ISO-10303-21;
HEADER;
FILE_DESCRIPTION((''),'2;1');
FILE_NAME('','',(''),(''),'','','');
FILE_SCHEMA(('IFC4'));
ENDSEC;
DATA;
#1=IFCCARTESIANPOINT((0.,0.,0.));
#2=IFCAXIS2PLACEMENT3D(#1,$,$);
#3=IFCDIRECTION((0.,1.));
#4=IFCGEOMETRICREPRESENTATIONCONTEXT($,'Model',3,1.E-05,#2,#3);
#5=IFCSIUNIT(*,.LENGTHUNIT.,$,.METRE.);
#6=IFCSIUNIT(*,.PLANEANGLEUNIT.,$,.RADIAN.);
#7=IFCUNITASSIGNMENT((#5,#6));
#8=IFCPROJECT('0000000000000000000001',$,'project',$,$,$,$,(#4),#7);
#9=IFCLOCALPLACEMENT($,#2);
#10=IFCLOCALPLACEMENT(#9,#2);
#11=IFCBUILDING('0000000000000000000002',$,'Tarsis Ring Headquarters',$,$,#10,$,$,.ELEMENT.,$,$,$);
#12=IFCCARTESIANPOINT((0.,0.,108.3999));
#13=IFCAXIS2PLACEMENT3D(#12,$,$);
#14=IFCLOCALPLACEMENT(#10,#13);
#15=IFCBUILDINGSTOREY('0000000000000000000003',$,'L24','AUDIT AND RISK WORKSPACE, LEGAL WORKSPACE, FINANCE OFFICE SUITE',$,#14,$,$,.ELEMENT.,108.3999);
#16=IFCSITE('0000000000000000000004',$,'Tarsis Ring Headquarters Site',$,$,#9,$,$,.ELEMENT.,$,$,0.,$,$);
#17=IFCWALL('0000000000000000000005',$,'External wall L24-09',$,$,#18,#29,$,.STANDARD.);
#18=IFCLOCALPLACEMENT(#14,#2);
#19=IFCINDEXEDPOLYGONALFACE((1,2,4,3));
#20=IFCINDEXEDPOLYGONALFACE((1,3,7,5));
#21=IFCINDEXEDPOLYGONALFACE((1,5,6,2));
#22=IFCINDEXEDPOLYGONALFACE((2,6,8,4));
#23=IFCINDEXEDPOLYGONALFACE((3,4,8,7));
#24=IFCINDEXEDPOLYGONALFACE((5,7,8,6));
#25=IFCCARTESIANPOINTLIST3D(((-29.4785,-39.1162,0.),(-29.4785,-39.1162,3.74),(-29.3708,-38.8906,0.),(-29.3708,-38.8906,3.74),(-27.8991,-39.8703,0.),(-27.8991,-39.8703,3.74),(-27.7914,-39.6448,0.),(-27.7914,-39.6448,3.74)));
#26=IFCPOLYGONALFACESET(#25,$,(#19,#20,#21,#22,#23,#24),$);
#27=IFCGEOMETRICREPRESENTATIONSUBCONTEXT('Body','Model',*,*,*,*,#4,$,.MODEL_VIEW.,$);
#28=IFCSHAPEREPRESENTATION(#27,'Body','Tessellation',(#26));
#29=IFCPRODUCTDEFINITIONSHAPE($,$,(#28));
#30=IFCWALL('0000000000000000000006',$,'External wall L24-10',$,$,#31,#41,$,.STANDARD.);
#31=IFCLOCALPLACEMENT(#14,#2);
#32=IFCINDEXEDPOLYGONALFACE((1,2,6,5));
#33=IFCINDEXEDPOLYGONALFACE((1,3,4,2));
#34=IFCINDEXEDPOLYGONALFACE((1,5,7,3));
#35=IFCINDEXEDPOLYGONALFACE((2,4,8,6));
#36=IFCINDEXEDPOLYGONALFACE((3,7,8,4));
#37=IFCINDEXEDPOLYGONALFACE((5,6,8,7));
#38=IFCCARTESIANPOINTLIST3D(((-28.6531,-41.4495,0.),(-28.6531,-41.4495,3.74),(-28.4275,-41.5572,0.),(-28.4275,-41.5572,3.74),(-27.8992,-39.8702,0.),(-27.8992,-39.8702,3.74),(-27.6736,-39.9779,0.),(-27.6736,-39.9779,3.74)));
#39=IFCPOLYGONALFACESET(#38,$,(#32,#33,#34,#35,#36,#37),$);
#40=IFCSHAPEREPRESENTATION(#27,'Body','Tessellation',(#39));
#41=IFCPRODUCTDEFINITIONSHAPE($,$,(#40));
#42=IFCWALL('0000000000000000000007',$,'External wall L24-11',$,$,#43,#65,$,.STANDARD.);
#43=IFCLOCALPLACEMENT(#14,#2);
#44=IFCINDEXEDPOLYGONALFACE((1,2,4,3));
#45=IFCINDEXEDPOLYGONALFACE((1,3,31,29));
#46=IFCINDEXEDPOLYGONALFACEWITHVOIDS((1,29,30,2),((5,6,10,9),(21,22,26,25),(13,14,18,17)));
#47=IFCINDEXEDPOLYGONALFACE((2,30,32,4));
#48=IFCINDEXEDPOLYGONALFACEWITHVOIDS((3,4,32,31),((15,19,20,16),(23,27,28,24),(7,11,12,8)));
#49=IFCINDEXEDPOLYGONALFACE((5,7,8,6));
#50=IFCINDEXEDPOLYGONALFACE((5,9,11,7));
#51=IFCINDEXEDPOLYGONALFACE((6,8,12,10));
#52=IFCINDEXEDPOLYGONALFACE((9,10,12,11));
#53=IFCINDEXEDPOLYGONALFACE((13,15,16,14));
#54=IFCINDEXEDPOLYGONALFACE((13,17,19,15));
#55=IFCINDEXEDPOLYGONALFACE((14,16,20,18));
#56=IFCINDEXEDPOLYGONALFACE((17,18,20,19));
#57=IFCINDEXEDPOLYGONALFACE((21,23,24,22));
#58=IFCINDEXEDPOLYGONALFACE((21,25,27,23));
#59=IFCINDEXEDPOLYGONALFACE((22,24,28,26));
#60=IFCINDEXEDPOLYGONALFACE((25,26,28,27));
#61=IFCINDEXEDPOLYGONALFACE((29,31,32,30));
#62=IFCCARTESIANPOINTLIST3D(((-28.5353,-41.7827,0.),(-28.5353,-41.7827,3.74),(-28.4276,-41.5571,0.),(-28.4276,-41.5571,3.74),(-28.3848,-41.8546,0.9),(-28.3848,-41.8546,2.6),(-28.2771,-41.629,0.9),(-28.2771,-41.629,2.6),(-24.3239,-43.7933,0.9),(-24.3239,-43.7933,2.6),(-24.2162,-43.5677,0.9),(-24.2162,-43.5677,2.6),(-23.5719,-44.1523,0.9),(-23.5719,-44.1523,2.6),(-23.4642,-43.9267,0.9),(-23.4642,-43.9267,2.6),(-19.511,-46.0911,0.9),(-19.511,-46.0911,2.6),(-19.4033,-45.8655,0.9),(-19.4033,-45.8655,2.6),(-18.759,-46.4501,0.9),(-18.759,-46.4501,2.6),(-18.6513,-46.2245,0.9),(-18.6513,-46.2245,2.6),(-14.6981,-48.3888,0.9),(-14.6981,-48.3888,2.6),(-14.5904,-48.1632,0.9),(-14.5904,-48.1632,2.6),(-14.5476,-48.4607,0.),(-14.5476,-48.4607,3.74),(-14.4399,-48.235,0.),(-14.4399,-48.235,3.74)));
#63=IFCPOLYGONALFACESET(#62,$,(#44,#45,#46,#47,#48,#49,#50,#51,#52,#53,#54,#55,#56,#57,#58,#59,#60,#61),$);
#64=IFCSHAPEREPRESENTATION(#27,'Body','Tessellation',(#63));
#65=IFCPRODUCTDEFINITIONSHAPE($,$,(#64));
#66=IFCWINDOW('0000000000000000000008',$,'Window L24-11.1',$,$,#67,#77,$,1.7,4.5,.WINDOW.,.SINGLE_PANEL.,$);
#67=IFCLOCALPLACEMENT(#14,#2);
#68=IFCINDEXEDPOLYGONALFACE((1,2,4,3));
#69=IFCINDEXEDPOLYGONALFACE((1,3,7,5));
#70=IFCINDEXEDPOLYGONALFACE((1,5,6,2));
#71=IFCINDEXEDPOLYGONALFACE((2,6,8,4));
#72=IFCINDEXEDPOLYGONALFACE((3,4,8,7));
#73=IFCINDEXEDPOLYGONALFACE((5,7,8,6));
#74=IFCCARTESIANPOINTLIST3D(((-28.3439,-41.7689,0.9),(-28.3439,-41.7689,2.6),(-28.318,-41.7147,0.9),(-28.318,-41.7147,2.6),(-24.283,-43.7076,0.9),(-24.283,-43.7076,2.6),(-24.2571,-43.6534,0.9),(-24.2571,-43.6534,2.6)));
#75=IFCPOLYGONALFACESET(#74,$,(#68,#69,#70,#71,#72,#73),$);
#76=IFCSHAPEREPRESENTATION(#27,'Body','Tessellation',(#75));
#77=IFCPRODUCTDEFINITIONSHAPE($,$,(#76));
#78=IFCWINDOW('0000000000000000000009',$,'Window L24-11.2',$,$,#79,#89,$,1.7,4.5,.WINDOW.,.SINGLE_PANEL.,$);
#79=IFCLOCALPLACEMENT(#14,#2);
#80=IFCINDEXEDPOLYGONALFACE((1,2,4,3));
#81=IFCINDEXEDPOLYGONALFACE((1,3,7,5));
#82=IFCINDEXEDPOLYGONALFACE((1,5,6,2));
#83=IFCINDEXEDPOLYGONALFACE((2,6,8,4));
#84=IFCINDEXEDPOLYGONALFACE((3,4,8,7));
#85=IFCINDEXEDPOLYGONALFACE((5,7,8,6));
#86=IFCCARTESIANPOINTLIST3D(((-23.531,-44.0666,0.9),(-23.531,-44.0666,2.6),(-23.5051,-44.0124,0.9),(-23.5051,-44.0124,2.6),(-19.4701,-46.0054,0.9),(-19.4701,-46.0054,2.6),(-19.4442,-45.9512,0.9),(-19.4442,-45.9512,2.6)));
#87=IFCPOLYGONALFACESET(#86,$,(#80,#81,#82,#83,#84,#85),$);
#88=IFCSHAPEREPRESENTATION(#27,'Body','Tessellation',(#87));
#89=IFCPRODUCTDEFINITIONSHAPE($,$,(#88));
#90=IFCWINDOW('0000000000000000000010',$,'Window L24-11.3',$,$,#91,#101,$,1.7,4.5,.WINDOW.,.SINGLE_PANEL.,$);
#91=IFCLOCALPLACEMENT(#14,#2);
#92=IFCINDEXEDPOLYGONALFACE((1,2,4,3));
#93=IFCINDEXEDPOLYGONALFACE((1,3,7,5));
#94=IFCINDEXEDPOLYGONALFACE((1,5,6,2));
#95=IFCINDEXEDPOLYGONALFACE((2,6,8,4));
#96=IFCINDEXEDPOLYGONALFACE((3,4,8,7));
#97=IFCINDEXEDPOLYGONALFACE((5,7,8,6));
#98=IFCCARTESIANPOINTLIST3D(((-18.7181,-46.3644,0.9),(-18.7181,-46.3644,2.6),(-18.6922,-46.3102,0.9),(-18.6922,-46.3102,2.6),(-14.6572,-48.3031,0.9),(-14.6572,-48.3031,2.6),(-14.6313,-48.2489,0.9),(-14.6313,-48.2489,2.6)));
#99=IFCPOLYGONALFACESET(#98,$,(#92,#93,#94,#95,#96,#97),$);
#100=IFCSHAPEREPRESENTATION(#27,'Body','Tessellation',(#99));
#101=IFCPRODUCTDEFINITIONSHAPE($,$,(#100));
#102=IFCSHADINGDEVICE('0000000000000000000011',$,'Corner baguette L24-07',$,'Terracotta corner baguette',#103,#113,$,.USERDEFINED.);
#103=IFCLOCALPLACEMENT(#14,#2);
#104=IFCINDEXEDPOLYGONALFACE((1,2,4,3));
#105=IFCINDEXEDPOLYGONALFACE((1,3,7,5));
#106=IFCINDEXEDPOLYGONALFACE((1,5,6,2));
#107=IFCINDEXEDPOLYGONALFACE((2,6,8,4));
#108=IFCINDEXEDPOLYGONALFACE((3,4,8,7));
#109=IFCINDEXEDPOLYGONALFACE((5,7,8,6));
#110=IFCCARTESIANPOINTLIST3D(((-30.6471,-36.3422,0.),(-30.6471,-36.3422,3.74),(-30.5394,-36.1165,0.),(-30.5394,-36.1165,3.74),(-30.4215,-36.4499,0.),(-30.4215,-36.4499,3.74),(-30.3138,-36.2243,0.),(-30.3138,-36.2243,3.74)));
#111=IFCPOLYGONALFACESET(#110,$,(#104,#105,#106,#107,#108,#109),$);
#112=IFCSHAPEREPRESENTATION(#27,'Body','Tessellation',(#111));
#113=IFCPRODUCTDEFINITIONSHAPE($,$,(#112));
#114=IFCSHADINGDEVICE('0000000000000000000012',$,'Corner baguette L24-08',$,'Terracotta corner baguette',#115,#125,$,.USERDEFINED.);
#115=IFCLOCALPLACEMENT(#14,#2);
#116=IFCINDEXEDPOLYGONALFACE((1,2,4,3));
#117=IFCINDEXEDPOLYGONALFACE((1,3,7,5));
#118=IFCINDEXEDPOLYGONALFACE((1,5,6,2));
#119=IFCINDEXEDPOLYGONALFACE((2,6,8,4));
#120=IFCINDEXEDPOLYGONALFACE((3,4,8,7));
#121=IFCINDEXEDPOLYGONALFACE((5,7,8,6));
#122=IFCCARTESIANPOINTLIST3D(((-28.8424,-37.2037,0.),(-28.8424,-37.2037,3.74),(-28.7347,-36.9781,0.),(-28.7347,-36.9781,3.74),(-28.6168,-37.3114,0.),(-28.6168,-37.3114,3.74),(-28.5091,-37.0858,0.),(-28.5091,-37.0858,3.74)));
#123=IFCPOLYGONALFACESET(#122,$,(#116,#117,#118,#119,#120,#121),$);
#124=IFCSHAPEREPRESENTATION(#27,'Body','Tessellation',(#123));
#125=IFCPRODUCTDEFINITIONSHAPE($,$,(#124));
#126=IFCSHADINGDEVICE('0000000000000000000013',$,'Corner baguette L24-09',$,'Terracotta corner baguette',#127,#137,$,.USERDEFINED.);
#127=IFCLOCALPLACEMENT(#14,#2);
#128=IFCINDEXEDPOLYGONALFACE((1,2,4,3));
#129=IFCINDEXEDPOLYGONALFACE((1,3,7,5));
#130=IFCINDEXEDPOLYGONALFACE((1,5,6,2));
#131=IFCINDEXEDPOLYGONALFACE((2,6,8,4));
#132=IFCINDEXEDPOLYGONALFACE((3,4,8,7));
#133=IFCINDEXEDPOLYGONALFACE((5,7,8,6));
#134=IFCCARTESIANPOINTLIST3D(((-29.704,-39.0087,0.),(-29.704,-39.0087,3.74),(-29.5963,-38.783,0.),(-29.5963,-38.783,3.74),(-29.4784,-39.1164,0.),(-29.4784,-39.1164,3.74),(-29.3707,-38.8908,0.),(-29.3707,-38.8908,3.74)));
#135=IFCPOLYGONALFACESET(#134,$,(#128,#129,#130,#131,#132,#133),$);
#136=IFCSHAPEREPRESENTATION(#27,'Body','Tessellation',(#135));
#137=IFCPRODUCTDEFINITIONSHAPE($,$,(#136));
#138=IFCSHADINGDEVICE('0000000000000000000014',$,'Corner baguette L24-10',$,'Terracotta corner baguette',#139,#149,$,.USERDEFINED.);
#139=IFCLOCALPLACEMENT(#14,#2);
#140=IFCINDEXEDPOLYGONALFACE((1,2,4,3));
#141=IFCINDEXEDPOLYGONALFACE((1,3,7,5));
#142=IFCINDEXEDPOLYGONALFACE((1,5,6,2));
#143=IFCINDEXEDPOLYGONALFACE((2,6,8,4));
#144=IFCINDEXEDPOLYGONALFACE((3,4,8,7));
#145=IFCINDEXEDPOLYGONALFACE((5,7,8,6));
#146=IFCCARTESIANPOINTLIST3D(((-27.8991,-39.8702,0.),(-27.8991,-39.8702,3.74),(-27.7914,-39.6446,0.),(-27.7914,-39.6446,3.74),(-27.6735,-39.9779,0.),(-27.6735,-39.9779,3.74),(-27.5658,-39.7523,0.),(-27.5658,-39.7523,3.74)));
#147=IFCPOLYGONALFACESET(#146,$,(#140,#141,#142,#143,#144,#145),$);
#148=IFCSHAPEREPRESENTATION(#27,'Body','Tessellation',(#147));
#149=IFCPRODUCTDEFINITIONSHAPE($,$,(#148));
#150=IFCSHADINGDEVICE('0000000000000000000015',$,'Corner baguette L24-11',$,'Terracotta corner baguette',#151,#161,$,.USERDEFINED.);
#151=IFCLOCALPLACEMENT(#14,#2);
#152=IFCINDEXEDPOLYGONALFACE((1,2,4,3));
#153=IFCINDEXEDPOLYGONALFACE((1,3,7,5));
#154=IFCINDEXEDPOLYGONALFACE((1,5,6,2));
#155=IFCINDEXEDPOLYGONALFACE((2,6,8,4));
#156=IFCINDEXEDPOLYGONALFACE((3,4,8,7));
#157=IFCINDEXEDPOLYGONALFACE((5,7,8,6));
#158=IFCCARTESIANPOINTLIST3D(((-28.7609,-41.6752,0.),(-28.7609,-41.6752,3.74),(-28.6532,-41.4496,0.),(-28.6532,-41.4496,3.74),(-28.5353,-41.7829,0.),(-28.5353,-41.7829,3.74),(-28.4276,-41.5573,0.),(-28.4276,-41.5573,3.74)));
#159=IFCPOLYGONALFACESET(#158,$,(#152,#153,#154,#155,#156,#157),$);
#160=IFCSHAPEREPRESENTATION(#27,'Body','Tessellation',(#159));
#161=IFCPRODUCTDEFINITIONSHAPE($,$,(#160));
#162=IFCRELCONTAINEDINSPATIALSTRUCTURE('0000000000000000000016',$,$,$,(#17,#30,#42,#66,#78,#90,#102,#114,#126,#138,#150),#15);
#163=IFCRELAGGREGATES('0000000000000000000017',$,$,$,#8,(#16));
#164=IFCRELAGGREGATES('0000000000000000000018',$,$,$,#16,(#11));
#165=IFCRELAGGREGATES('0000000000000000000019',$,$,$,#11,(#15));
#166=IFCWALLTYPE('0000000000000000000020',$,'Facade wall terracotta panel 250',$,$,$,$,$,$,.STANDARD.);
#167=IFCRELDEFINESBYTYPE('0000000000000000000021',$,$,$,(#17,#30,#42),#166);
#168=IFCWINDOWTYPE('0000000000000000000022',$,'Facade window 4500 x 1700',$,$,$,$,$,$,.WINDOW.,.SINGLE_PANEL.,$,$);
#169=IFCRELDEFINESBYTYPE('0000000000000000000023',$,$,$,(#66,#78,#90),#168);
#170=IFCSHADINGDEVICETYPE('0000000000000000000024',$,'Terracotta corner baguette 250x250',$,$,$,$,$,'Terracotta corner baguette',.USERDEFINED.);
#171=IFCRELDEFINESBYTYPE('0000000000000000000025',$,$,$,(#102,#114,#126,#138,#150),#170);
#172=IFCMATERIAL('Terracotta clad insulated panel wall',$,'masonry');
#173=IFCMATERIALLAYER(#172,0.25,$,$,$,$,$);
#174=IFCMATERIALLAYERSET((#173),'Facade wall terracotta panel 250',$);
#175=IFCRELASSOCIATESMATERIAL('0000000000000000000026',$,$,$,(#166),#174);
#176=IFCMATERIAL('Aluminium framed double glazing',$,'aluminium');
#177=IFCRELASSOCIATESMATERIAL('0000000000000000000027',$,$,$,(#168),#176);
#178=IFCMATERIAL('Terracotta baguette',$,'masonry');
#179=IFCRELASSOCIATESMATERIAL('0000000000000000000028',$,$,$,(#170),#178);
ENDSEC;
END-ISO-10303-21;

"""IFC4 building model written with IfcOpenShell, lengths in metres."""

from ifc_helpers import new_model, si_unit, direction, frame, frame_2d, origin, origin_2d, place, context, subcontext, project, spatial, rectangle, extrude, material, layer, layer_set, type_object, element, fill, save


model = new_model("IFC4")

# Units and contexts
model_context = context("Model", 3, precision=1e-05, world=origin(), true_north=direction((0.0, 1.0)))
body_context = subcontext(model_context, "Body", "Model", "MODEL_VIEW")
ifc_project = project(units=[si_unit("LENGTHUNIT", "METRE"), si_unit("PLANEANGLEUNIT", "RADIAN")], contexts=[model_context])

# Site, building, storey
site_placement = place(None, origin())
site = spatial("IfcSite", under=ifc_project, at=site_placement, Name="Tarsis Ring Headquarters Site", CompositionType="ELEMENT", RefElevation=0.0)
building_placement = place(site_placement, origin())
building = spatial("IfcBuilding", under=site, at=building_placement, Name="Tarsis Ring Headquarters", CompositionType="ELEMENT")
storey_placement = place(building_placement, frame((0.0, 0.0, 108.3999)))
storey = spatial("IfcBuildingStorey", under=building, at=storey_placement, Name="L24", Description="AUDIT AND RISK WORKSPACE, LEGAL WORKSPACE, FINANCE OFFICE SUITE", CompositionType="ELEMENT", Elevation=108.3999)

# Walls
ifc_material_1 = material(Name="Terracotta clad insulated panel wall", Category="masonry")
ifc_layer_1 = layer(ifc_material_1, 0.25)
ifc_layer_set_1 = layer_set([ifc_layer_1], Name="Facade wall terracotta panel 250")
wall_type_1 = type_object("IfcWallType", Name="Facade wall terracotta panel 250", PredefinedType="STANDARD", material=ifc_layer_set_1)
wall_1_placement = place(storey_placement, frame((-29.4246, -39.0034, 0.0), z_axis=(0.0, 0.0, 1.0), x_axis=(0.902398, -0.430903, 0.0)))
element("IfcWall", 1, at=wall_1_placement, inside=storey, type_object=wall_type_1, Name="External wall L24-09", PredefinedType="STANDARD", context=body_context, shape_type="SweptSolid", body=[
    extrude(rectangle(XDim=1.7502, YDim=0.25, at=frame_2d((0.875, 0.0))), origin(), (0.0, 0.0, 1.0), 3.74),
])
wall_2_placement = place(storey_placement, frame((-27.7864, -39.9241, 0.0), z_axis=(0.0, 0.0, 1.0), x_axis=(-0.430789, -0.902453, 0.0)))
element("IfcWall", 2, at=wall_2_placement, inside=storey, type_object=wall_type_1, Name="External wall L24-10", PredefinedType="STANDARD", context=body_context, shape_type="SweptSolid", body=[
    extrude(rectangle(XDim=1.75, YDim=0.25, at=frame_2d((0.875, 0.0))), origin(), (0.0, 0.0, 1.0), 3.74),
])

# Wall, openings, windows
wall_3_placement = place(storey_placement, frame((-28.4814, -41.6699, 0.0), z_axis=(0.0, 0.0, 1.0), x_axis=(0.902431, -0.430834, 0.0)))
wall_3 = element("IfcWall", 3, at=wall_3_placement, inside=storey, type_object=wall_type_1, Name="External wall L24-11", PredefinedType="STANDARD", context=body_context, shape_type="SweptSolid", body=[
    extrude(rectangle(XDim=15.5, YDim=0.25, at=frame_2d((7.75, 0.0))), origin(), (0.0, 0.0, 1.0), 3.74),
])
opening_1_placement = place(wall_3_placement, frame((0.1667, 0.0, 0.8999)))
opening_1 = element("IfcOpeningElement", 4, at=opening_1_placement, cuts=wall_3, PredefinedType="OPENING", context=body_context, shape_type="SweptSolid", body=[
    extrude(rectangle(XDim=4.5, YDim=1.7, at=frame_2d((2.25, 0.8501))), frame((0.0, 0.135, 0.0), z_axis=(0.0, -1.0, 0.0), x_axis=(1.0, 0.0, 0.0)), (0.0, 0.0, 1.0), 0.27),
])
opening_2_placement = place(wall_3_placement, frame((5.5, 0.0, 0.8999)))
opening_2 = element("IfcOpeningElement", 5, at=opening_2_placement, cuts=wall_3, PredefinedType="OPENING", context=body_context, shape_type="SweptSolid", body=[
    extrude(rectangle(XDim=4.5, YDim=1.7, at=frame_2d((2.25, 0.8501))), frame((0.0, 0.135, 0.0), z_axis=(0.0, -1.0, 0.0), x_axis=(1.0, 0.0, 0.0)), (0.0, 0.0, 1.0), 0.27),
])
opening_3_placement = place(wall_3_placement, frame((10.8333, 0.0, 0.8999)))
opening_3 = element("IfcOpeningElement", 6, at=opening_3_placement, cuts=wall_3, PredefinedType="OPENING", context=body_context, shape_type="SweptSolid", body=[
    extrude(rectangle(XDim=4.5, YDim=1.7, at=frame_2d((2.25, 0.8501))), frame((0.0, 0.135, 0.0), z_axis=(0.0, -1.0, 0.0), x_axis=(1.0, 0.0, 0.0)), (0.0, 0.0, 1.0), 0.27),
])
ifc_material_2 = material(Name="Aluminium framed double glazing", Category="aluminium")
window_type = type_object("IfcWindowType", Name="Facade window 4500 x 1700", PartitioningType="SINGLE_PANEL", PredefinedType="WINDOW", material=ifc_material_2)
window_1_placement = place(opening_1_placement, origin())
window_1 = element("IfcWindow", 7, at=window_1_placement, inside=storey, type_object=window_type, Name="Window L24-11.1", OverallHeight=1.7, OverallWidth=4.5, PartitioningType="SINGLE_PANEL", PredefinedType="WINDOW", context=body_context, shape_type="SweptSolid", body=[
    extrude(rectangle(XDim=4.5, YDim=1.7, at=frame_2d((2.25, 0.8501))), frame((0.0, 0.03, 0.0), z_axis=(0.0, -1.0, 0.0), x_axis=(1.0, 0.0, 0.0)), (0.0, 0.0, 1.0), 0.0601),
])
fill(opening_1, window_1)
window_2_placement = place(opening_2_placement, origin())
window_2 = element("IfcWindow", 8, at=window_2_placement, inside=storey, type_object=window_type, Name="Window L24-11.2", OverallHeight=1.7, OverallWidth=4.5, PartitioningType="SINGLE_PANEL", PredefinedType="WINDOW", context=body_context, shape_type="SweptSolid", body=[
    extrude(rectangle(XDim=4.5, YDim=1.7, at=frame_2d((2.25, 0.8501))), frame((0.0, 0.03, 0.0), z_axis=(0.0, -1.0, 0.0), x_axis=(1.0, 0.0, 0.0)), (0.0, 0.0, 1.0), 0.0601),
])
fill(opening_2, window_2)
window_3_placement = place(opening_3_placement, origin())
window_3 = element("IfcWindow", 9, at=window_3_placement, inside=storey, type_object=window_type, Name="Window L24-11.3", OverallHeight=1.7, OverallWidth=4.5, PartitioningType="SINGLE_PANEL", PredefinedType="WINDOW", context=body_context, shape_type="SweptSolid", body=[
    extrude(rectangle(XDim=4.5, YDim=1.7, at=frame_2d((2.25, 0.8501))), frame((0.0, 0.03, 0.0), z_axis=(0.0, -1.0, 0.0), x_axis=(1.0, 0.0, 0.0)), (0.0, 0.0, 1.0), 0.0601),
])
fill(opening_3, window_3)

# Shading devices
ifc_material_3 = material(Name="Terracotta baguette", Category="masonry")
shading_device_type_1 = type_object("IfcShadingDeviceType", Name="Terracotta corner baguette 250x250", ElementType="Terracotta corner baguette", PredefinedType="USERDEFINED", material=ifc_material_3)
for number, where, z_axis, x_axis, name in (
    (10, (-30.4805, -36.2832, 0.0), (0.0, 0.0, 1.0), (-0.430826, -0.902435, 0.0), "Corner baguette L24-07"),
    (11, (-28.6758, -37.1448, 0.0), (0.0, 0.0, 1.0), (0.902435, -0.430826, 0.0), "Corner baguette L24-08"),
    (12, (-29.5374, -38.9497, 0.0), (0.0, 0.0, 1.0), (-0.430826, -0.902435, 0.0), "Corner baguette L24-09"),
    (13, (-27.7324, -39.8113, 0.0), (0.0, 0.0, 1.0), (0.902435, -0.430826, 0.0), "Corner baguette L24-10"),
    (14, (-28.5942, -41.6162, 0.0), (0.0, 0.0, 1.0), (-0.430826, -0.902435, 0.0), "Corner baguette L24-11"),
):
    element("IfcShadingDevice", number, at=place(storey_placement, frame(where, z_axis=z_axis, x_axis=x_axis)), inside=storey, type_object=shading_device_type_1, Name=name, ObjectType="Terracotta corner baguette", PredefinedType="USERDEFINED", context=body_context, shape_type="SweptSolid", body=[
        extrude(rectangle(XDim=0.25, YDim=0.25, at=origin_2d()), origin(), (0.0, 0.0, 1.0), 3.74),
    ])

save(model, "model.ifc")
